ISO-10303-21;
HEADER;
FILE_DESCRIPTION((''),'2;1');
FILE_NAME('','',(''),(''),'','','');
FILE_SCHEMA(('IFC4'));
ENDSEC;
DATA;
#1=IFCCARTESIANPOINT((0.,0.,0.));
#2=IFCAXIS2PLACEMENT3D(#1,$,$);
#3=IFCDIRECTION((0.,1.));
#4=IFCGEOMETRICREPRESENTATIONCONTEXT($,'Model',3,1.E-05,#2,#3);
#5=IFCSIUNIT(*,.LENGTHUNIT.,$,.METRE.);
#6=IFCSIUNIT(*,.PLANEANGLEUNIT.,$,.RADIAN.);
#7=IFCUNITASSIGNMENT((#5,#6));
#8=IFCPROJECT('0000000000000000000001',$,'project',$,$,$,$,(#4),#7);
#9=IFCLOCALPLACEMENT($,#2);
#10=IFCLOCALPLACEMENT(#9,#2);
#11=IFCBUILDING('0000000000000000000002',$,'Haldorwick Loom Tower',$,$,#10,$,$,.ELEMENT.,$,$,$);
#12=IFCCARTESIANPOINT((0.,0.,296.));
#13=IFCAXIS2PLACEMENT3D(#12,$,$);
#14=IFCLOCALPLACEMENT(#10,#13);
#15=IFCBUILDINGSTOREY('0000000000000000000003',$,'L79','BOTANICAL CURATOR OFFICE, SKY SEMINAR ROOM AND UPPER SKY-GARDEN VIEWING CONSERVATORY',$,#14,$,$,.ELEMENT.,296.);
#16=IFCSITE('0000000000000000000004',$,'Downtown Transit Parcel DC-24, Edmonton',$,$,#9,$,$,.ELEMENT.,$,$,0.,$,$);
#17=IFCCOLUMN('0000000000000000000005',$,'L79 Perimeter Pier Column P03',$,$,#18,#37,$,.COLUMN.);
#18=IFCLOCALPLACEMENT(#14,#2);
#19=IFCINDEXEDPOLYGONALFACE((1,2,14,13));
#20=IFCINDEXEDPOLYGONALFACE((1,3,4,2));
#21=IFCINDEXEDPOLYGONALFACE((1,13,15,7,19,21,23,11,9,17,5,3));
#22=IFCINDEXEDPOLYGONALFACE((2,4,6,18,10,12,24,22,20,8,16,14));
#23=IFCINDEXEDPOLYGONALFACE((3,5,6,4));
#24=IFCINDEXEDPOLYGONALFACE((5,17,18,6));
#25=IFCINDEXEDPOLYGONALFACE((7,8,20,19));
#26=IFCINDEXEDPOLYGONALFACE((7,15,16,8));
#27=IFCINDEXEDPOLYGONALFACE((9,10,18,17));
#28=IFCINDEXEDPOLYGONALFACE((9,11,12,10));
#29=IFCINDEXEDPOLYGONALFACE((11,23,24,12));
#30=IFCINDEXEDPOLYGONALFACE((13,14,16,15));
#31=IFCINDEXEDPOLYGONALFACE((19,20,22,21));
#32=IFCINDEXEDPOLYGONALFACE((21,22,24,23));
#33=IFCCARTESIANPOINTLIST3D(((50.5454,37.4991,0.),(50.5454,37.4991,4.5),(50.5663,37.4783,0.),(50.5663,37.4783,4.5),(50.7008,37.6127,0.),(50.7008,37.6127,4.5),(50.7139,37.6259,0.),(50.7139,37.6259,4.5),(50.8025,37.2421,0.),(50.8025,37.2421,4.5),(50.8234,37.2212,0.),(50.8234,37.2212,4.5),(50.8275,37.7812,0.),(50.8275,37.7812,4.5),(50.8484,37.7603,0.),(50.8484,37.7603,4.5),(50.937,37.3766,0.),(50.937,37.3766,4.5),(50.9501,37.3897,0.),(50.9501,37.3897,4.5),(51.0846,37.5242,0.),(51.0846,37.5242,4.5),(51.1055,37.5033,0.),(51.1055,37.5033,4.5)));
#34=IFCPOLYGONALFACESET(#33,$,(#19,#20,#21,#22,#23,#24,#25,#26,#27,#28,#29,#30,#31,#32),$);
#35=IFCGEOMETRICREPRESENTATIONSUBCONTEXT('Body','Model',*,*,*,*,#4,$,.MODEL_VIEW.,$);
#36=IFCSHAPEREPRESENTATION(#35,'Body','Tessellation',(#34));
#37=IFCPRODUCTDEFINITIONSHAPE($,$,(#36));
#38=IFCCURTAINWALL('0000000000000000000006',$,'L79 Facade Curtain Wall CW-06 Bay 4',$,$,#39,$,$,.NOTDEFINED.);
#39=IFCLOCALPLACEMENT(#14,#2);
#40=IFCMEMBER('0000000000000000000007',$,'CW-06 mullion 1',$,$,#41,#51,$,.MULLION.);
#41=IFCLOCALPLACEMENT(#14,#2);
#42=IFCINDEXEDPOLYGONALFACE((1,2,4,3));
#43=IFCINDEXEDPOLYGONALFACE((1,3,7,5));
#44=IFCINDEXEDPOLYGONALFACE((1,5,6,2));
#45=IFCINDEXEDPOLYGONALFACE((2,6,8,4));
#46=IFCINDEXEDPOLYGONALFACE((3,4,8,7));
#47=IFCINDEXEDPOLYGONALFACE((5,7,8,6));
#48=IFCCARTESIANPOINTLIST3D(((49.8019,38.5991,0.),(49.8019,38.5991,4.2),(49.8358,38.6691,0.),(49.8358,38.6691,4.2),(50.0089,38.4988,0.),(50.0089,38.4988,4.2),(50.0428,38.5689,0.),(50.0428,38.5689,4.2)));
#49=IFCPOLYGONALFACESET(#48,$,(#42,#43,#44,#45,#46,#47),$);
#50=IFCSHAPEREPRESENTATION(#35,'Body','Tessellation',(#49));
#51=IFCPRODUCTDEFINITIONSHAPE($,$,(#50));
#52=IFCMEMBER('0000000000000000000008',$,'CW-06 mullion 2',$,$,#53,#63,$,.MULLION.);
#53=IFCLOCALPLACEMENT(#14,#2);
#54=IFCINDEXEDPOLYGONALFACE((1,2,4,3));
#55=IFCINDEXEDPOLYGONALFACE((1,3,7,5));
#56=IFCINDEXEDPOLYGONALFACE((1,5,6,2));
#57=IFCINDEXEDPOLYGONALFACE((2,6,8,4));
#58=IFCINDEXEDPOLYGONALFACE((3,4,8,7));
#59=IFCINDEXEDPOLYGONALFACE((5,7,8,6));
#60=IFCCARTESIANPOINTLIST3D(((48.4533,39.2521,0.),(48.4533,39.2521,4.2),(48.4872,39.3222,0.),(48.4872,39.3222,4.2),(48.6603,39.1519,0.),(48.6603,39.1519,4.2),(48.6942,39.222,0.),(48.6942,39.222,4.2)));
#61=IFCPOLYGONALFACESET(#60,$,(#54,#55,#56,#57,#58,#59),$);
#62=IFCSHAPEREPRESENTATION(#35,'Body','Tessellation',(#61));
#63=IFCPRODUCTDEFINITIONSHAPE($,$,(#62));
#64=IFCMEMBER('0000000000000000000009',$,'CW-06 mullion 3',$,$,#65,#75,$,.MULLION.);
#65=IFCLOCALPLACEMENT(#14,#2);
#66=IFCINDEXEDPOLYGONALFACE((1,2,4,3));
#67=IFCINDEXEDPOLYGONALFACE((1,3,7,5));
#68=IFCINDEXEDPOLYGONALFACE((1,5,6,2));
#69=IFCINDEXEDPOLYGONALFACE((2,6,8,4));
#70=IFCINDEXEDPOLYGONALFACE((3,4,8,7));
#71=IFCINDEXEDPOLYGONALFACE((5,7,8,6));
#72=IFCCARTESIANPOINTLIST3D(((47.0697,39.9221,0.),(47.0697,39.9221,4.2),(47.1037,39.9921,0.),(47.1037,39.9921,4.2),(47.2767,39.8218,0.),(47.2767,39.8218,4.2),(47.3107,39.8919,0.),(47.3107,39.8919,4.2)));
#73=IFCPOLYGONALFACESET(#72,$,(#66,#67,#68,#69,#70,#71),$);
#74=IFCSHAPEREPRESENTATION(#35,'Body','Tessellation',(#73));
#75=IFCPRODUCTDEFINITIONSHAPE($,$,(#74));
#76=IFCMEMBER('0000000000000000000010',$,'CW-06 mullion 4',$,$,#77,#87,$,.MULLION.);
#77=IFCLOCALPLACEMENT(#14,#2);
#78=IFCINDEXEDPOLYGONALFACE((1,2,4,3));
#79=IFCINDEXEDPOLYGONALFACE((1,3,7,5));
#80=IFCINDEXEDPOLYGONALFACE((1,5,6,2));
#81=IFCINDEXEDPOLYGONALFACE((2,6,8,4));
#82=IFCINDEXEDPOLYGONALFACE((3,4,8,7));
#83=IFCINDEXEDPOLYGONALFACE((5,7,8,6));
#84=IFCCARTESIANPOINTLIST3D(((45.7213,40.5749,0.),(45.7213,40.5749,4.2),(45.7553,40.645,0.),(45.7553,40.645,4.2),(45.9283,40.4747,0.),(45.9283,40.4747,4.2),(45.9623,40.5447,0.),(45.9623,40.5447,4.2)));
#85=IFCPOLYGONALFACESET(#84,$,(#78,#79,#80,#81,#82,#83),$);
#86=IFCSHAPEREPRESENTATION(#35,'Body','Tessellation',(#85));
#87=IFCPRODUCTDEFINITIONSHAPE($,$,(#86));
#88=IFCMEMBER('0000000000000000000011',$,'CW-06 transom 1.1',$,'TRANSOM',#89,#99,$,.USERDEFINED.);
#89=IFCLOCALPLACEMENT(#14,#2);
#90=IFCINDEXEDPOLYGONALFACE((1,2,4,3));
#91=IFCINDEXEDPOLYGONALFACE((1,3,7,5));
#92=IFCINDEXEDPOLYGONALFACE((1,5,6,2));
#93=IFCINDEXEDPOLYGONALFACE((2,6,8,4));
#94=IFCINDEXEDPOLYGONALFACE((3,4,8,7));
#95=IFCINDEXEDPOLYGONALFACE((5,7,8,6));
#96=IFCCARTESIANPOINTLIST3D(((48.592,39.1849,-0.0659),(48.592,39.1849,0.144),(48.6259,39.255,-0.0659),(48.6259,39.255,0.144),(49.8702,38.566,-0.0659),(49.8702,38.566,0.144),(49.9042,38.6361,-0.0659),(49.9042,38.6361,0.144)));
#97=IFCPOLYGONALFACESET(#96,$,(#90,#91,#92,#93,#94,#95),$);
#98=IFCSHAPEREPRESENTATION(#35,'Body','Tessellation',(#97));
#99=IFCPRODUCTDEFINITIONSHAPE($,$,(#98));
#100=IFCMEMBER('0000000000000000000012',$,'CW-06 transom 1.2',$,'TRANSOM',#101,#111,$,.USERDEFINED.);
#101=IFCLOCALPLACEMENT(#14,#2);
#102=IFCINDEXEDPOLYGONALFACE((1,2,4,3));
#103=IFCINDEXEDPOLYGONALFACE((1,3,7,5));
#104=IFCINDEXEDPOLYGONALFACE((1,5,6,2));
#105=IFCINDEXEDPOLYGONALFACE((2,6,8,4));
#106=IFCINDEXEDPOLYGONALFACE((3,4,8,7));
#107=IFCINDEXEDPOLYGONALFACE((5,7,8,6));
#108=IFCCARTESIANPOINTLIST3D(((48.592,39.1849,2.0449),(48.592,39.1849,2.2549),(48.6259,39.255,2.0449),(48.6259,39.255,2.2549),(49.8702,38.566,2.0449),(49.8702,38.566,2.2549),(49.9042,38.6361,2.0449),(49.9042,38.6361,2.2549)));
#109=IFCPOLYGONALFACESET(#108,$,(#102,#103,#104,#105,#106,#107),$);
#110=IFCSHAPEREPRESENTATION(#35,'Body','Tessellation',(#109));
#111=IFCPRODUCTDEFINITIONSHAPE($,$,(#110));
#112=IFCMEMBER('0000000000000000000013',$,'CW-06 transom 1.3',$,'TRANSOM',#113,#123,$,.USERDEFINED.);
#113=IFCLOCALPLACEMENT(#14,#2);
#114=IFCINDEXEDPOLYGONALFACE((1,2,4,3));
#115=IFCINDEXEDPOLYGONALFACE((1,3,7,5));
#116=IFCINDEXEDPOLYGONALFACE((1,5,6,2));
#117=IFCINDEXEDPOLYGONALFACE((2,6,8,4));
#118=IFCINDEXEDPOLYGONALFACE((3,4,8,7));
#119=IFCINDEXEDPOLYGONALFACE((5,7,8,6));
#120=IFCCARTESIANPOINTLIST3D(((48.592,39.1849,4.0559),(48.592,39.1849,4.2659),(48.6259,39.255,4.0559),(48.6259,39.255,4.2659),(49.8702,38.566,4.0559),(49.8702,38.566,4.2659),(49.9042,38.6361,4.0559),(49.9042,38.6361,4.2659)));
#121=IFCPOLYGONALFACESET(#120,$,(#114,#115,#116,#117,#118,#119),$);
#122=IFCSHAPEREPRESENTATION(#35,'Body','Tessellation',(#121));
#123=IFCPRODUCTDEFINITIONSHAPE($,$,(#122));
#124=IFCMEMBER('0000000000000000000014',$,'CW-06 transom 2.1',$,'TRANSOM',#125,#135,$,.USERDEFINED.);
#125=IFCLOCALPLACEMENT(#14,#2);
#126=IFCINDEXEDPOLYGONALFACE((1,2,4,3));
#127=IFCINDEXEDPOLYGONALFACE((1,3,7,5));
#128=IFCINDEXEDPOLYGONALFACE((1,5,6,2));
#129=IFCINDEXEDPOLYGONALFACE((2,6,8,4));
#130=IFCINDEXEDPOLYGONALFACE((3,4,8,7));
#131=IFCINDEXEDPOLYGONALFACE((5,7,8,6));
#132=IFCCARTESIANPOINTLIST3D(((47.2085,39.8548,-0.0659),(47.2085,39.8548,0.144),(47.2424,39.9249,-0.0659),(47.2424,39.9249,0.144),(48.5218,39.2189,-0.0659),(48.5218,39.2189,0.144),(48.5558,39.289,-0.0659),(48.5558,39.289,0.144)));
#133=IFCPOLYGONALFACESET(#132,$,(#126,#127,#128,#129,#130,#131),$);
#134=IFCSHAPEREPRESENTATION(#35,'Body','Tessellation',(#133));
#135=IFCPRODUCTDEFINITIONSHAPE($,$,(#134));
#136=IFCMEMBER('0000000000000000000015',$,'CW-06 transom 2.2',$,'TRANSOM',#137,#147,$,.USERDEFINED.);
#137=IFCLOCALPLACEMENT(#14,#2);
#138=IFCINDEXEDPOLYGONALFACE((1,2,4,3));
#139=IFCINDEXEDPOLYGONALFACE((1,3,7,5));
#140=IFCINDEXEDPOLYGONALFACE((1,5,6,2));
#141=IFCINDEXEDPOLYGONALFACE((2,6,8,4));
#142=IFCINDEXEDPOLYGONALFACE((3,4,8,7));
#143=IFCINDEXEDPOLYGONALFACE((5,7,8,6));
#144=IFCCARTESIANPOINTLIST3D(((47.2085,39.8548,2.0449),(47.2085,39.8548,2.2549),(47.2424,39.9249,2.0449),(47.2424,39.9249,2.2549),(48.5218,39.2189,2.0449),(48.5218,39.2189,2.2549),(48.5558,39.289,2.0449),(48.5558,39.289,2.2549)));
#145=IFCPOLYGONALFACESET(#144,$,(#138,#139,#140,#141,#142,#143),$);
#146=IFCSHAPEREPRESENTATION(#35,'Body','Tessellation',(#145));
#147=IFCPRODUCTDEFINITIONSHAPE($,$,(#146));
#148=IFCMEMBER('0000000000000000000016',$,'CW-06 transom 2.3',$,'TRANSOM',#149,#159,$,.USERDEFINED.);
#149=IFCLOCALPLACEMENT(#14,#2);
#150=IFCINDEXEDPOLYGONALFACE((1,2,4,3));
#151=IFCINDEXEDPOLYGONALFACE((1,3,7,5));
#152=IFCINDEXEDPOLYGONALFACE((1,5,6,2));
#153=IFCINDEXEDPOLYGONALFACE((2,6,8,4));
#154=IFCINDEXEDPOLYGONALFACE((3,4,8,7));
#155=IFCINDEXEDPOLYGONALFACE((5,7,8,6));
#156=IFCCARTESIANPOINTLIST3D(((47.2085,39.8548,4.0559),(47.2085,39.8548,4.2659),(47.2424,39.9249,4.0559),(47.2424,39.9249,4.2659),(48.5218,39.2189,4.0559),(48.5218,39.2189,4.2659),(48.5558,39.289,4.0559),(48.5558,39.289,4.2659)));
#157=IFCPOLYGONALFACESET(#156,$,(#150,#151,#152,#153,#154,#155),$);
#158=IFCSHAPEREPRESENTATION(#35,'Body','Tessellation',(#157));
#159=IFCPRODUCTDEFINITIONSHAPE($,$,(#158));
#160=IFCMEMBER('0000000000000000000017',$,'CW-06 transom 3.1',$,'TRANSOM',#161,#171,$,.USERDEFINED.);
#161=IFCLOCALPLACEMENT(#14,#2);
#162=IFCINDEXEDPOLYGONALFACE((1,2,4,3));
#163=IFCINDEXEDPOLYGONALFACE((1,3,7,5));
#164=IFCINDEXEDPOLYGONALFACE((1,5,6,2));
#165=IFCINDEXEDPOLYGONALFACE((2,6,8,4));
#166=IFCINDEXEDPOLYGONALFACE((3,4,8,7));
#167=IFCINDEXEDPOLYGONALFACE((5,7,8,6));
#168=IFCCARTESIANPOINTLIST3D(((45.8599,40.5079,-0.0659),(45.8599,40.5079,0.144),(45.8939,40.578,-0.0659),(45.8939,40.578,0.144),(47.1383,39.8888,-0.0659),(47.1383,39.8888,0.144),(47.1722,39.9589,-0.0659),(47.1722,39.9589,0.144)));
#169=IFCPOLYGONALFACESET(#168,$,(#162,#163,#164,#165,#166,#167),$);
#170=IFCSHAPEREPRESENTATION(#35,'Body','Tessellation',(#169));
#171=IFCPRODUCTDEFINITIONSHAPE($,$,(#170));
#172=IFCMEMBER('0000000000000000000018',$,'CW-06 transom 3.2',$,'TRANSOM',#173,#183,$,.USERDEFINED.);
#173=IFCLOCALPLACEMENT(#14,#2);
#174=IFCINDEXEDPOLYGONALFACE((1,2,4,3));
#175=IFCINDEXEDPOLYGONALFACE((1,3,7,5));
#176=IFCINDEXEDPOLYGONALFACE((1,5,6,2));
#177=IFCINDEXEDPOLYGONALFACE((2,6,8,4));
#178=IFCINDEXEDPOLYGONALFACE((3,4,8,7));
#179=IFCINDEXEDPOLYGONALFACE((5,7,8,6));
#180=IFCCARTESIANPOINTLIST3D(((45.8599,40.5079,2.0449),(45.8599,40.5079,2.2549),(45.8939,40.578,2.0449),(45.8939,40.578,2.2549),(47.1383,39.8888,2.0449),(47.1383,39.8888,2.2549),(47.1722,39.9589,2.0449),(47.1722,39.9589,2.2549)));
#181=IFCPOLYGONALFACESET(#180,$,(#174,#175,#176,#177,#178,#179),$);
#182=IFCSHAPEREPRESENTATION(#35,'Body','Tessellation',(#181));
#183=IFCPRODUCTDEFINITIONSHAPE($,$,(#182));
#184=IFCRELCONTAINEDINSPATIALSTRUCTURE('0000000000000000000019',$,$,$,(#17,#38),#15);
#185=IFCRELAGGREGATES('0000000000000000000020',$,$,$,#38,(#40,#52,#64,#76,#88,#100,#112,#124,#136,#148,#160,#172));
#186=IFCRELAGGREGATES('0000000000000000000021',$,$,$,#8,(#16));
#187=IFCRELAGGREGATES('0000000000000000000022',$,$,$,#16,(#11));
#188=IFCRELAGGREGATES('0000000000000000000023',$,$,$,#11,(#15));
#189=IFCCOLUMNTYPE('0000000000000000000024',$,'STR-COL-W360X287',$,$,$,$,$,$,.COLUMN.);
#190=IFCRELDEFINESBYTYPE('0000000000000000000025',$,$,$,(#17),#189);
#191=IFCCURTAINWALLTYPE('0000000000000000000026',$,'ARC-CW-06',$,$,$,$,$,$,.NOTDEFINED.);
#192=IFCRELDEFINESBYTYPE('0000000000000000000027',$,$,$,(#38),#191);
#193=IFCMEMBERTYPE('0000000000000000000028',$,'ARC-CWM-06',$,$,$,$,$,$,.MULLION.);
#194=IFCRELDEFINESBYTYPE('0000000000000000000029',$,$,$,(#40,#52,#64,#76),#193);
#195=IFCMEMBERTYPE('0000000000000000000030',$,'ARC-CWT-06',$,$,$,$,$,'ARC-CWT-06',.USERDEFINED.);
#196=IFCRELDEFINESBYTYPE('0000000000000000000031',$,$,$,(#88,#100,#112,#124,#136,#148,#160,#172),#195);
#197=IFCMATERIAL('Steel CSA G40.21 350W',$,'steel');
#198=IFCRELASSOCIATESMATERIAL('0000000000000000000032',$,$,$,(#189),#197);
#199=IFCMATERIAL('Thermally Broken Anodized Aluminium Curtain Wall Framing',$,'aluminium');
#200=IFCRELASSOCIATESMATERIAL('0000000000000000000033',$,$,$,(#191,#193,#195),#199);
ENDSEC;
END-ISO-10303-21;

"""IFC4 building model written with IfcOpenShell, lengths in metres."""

from ifc_helpers import new_model, si_unit, direction, frame, origin, origin_2d, place, context, subcontext, project, spatial, rectangle, i_section, extrude, material, material_profile, profile_set, type_object, element, aggregate, save


model = new_model("IFC4")

# Units and contexts
model_context = context("Model", 3, precision=1e-05, world=origin(), true_north=direction((0.0, 1.0)))
body_context = subcontext(model_context, "Body", "Model", "MODEL_VIEW")
ifc_project = project(units=[si_unit("LENGTHUNIT", "METRE"), si_unit("PLANEANGLEUNIT", "RADIAN")], contexts=[model_context])

# Site, building, storey
site_placement = place(None, origin())
site = spatial("IfcSite", under=ifc_project, at=site_placement, Name="Downtown Transit Parcel DC-24, Edmonton", CompositionType="ELEMENT", RefElevation=0.0)
building_placement = place(site_placement, origin())
building = spatial("IfcBuilding", under=site, at=building_placement, Name="Haldorwick Loom Tower", CompositionType="ELEMENT")
storey_placement = place(building_placement, frame((0.0, 0.0, 296.0)))
storey = spatial("IfcBuildingStorey", under=building, at=storey_placement, Name="L79", Description="BOTANICAL CURATOR OFFICE, SKY SEMINAR ROOM AND UPPER SKY-GARDEN VIEWING CONSERVATORY", CompositionType="ELEMENT", Elevation=296.0)

# Column
ifc_material_1 = material(Name="Steel CSA G40.21 350W", Category="steel")
ifc_material_profile_1 = material_profile(ifc_material_1, i_section(OverallWidth=0.3989, OverallDepth=0.3931, WebThickness=0.0186, FlangeThickness=0.0295, at=origin_2d()), Name="W360X287", Category="steel")
ifc_profile_set_1 = profile_set([ifc_material_profile_1], Name="Steel CSA G40.21 350W")
column_type = type_object("IfcColumnType", Name="STR-COL-W360X287", PredefinedType="COLUMN", material=ifc_profile_set_1)
column_placement = place(storey_placement, frame((50.8254, 37.5012, 0.0), z_axis=(0.0, 0.0, 1.0), x_axis=(0.707107, 0.707107, 0.0)))
element("IfcColumn", 1, at=column_placement, inside=storey, type_object=column_type, Name="L79 Perimeter Pier Column P03", PredefinedType="COLUMN", context=body_context, shape_type="SweptSolid", body=[
    extrude(i_section(OverallWidth=0.3989, OverallDepth=0.3931, WebThickness=0.0186, FlangeThickness=0.0295, at=origin_2d()), origin(), (0.0, 0.0, 1.0), 4.5),
])

# Curtain wall, members
ifc_material_2 = material(Name="Thermally Broken Anodized Aluminium Curtain Wall Framing", Category="aluminium")
curtain_wall_type = type_object("IfcCurtainWallType", Name="ARC-CW-06", PredefinedType="NOTDEFINED", material=ifc_material_2)
curtain_wall_placement = place(storey_placement, origin())
curtain_wall = element("IfcCurtainWall", 2, at=curtain_wall_placement, inside=storey, type_object=curtain_wall_type, Name="L79 Facade Curtain Wall CW-06 Bay 4", PredefinedType="NOTDEFINED")
ifc_material_profile_2 = material_profile(ifc_material_2, rectangle(XDim=0.0779, YDim=0.23, at=origin_2d()), Name="ALU_MUL_78X230", Category="aluminium")
ifc_profile_set_2 = profile_set([ifc_material_profile_2], Name="Thermally Broken Anodized Aluminium Curtain Wall Framing")
member_type_1 = type_object("IfcMemberType", Name="ARC-CWM-06", PredefinedType="MULLION", material=ifc_profile_set_2)
member_1_placement = place(storey_placement, frame((49.9224, 38.584, 0.0), z_axis=(0.0, 0.0, 1.0), x_axis=(-0.435824, -0.900032, 0.0)))
member_1 = element("IfcMember", 3, at=member_1_placement, type_object=member_type_1, Name="CW-06 mullion 1", PredefinedType="MULLION", context=body_context, shape_type="SweptSolid", body=[
    extrude(rectangle(XDim=0.0779, YDim=0.23, at=origin_2d()), origin(), (0.0, 0.0, 1.0), 4.2),
])
member_2_placement = place(storey_placement, frame((48.5737, 39.2371, 0.0), z_axis=(0.0, 0.0, 1.0), x_axis=(-0.435824, -0.900032, 0.0)))
member_2 = element("IfcMember", 4, at=member_2_placement, type_object=member_type_1, Name="CW-06 mullion 2", PredefinedType="MULLION", context=body_context, shape_type="SweptSolid", body=[
    extrude(rectangle(XDim=0.0779, YDim=0.23, at=origin_2d()), origin(), (0.0, 0.0, 1.0), 4.2),
])
member_3_placement = place(storey_placement, frame((47.1902, 39.907, 0.0), z_axis=(0.0, 0.0, 1.0), x_axis=(-0.435824, -0.900032, 0.0)))
member_3 = element("IfcMember", 5, at=member_3_placement, type_object=member_type_1, Name="CW-06 mullion 3", PredefinedType="MULLION", context=body_context, shape_type="SweptSolid", body=[
    extrude(rectangle(XDim=0.0779, YDim=0.23, at=origin_2d()), origin(), (0.0, 0.0, 1.0), 4.2),
])
member_4_placement = place(storey_placement, frame((45.8418, 40.5598, 0.0), z_axis=(0.0, 0.0, 1.0), x_axis=(-0.435824, -0.900032, 0.0)))
member_4 = element("IfcMember", 6, at=member_4_placement, type_object=member_type_1, Name="CW-06 mullion 4", PredefinedType="MULLION", context=body_context, shape_type="SweptSolid", body=[
    extrude(rectangle(XDim=0.0779, YDim=0.23, at=origin_2d()), origin(), (0.0, 0.0, 1.0), 4.2),
])
ifc_material_profile_3 = material_profile(ifc_material_2, rectangle(XDim=0.0779, YDim=0.21, at=origin_2d()), Name="ALU_TRN_78X210", Category="aluminium")
ifc_profile_set_3 = profile_set([ifc_material_profile_3], Name="Thermally Broken Anodized Aluminium Curtain Wall Framing")
member_type_2 = type_object("IfcMemberType", Name="ARC-CWT-06", ElementType="ARC-CWT-06", PredefinedType="USERDEFINED", material=ifc_profile_set_3)
member_5_placement = place(storey_placement, frame((49.8872, 38.6011, 0.0391), z_axis=(-0.900061, 0.435763, 0.0), x_axis=(-0.435763, -0.900061, 0.0)))
member_5 = element("IfcMember", 7, at=member_5_placement, type_object=member_type_2, Name="CW-06 transom 1.1", ObjectType="TRANSOM", PredefinedType="USERDEFINED", context=body_context, shape_type="SweptSolid", body=[
    extrude(rectangle(XDim=0.0779, YDim=0.21, at=origin_2d()), origin(), (0.0, 0.0, 1.0), 1.4202),
])
member_6_placement = place(storey_placement, frame((49.8872, 38.6011, 2.1499), z_axis=(-0.900061, 0.435763, 0.0), x_axis=(-0.435763, -0.900061, 0.0)))
member_6 = element("IfcMember", 8, at=member_6_placement, type_object=member_type_2, Name="CW-06 transom 1.2", ObjectType="TRANSOM", PredefinedType="USERDEFINED", context=body_context, shape_type="SweptSolid", body=[
    extrude(rectangle(XDim=0.0779, YDim=0.21, at=origin_2d()), origin(), (0.0, 0.0, 1.0), 1.4202),
])
member_7_placement = place(storey_placement, frame((49.8872, 38.6011, 4.1609), z_axis=(-0.900061, 0.435763, 0.0), x_axis=(-0.435763, -0.900061, 0.0)))
member_7 = element("IfcMember", 9, at=member_7_placement, type_object=member_type_2, Name="CW-06 transom 1.3", ObjectType="TRANSOM", PredefinedType="USERDEFINED", context=body_context, shape_type="SweptSolid", body=[
    extrude(rectangle(XDim=0.0779, YDim=0.21, at=origin_2d()), origin(), (0.0, 0.0, 1.0), 1.4202),
])
member_8_placement = place(storey_placement, frame((48.5388, 39.2539, 0.0391), z_axis=(-0.900043, 0.435801, 0.0), x_axis=(-0.435801, -0.900043, 0.0)))
member_8 = element("IfcMember", 10, at=member_8_placement, type_object=member_type_2, Name="CW-06 transom 2.1", ObjectType="TRANSOM", PredefinedType="USERDEFINED", context=body_context, shape_type="SweptSolid", body=[
    extrude(rectangle(XDim=0.0779, YDim=0.21, at=origin_2d()), origin(), (0.0, 0.0, 1.0), 1.4592),
])
member_9_placement = place(storey_placement, frame((48.5388, 39.2539, 2.1499), z_axis=(-0.900043, 0.435801, 0.0), x_axis=(-0.435801, -0.900043, 0.0)))
member_9 = element("IfcMember", 11, at=member_9_placement, type_object=member_type_2, Name="CW-06 transom 2.2", ObjectType="TRANSOM", PredefinedType="USERDEFINED", context=body_context, shape_type="SweptSolid", body=[
    extrude(rectangle(XDim=0.0779, YDim=0.21, at=origin_2d()), origin(), (0.0, 0.0, 1.0), 1.4592),
])
member_10_placement = place(storey_placement, frame((48.5388, 39.2539, 4.1609), z_axis=(-0.900043, 0.435801, 0.0), x_axis=(-0.435801, -0.900043, 0.0)))
member_10 = element("IfcMember", 12, at=member_10_placement, type_object=member_type_2, Name="CW-06 transom 2.3", ObjectType="TRANSOM", PredefinedType="USERDEFINED", context=body_context, shape_type="SweptSolid", body=[
    extrude(rectangle(XDim=0.0779, YDim=0.21, at=origin_2d()), origin(), (0.0, 0.0, 1.0), 1.4592),
])
member_11_placement = place(storey_placement, frame((47.1553, 39.9238, 0.0391), z_axis=(-0.899994, 0.435902, 0.0), x_axis=(-0.435902, -0.899994, 0.0)))
member_11 = element("IfcMember", 13, at=member_11_placement, type_object=member_type_2, Name="CW-06 transom 3.1", ObjectType="TRANSOM", PredefinedType="USERDEFINED", context=body_context, shape_type="SweptSolid", body=[
    extrude(rectangle(XDim=0.0779, YDim=0.21, at=origin_2d()), origin(), (0.0, 0.0, 1.0), 1.4204),
])
member_12_placement = place(storey_placement, frame((47.1553, 39.9238, 2.1499), z_axis=(-0.899994, 0.435902, 0.0), x_axis=(-0.435902, -0.899994, 0.0)))
member_12 = element("IfcMember", 14, at=member_12_placement, type_object=member_type_2, Name="CW-06 transom 3.2", ObjectType="TRANSOM", PredefinedType="USERDEFINED", context=body_context, shape_type="SweptSolid", body=[
    extrude(rectangle(XDim=0.0779, YDim=0.21, at=origin_2d()), origin(), (0.0, 0.0, 1.0), 1.4204),
])

aggregate(curtain_wall, [member_1, member_2, member_3, member_4, member_5, member_6, member_7, member_8, member_9, member_10, member_11, member_12])

save(model, "model.ifc")
